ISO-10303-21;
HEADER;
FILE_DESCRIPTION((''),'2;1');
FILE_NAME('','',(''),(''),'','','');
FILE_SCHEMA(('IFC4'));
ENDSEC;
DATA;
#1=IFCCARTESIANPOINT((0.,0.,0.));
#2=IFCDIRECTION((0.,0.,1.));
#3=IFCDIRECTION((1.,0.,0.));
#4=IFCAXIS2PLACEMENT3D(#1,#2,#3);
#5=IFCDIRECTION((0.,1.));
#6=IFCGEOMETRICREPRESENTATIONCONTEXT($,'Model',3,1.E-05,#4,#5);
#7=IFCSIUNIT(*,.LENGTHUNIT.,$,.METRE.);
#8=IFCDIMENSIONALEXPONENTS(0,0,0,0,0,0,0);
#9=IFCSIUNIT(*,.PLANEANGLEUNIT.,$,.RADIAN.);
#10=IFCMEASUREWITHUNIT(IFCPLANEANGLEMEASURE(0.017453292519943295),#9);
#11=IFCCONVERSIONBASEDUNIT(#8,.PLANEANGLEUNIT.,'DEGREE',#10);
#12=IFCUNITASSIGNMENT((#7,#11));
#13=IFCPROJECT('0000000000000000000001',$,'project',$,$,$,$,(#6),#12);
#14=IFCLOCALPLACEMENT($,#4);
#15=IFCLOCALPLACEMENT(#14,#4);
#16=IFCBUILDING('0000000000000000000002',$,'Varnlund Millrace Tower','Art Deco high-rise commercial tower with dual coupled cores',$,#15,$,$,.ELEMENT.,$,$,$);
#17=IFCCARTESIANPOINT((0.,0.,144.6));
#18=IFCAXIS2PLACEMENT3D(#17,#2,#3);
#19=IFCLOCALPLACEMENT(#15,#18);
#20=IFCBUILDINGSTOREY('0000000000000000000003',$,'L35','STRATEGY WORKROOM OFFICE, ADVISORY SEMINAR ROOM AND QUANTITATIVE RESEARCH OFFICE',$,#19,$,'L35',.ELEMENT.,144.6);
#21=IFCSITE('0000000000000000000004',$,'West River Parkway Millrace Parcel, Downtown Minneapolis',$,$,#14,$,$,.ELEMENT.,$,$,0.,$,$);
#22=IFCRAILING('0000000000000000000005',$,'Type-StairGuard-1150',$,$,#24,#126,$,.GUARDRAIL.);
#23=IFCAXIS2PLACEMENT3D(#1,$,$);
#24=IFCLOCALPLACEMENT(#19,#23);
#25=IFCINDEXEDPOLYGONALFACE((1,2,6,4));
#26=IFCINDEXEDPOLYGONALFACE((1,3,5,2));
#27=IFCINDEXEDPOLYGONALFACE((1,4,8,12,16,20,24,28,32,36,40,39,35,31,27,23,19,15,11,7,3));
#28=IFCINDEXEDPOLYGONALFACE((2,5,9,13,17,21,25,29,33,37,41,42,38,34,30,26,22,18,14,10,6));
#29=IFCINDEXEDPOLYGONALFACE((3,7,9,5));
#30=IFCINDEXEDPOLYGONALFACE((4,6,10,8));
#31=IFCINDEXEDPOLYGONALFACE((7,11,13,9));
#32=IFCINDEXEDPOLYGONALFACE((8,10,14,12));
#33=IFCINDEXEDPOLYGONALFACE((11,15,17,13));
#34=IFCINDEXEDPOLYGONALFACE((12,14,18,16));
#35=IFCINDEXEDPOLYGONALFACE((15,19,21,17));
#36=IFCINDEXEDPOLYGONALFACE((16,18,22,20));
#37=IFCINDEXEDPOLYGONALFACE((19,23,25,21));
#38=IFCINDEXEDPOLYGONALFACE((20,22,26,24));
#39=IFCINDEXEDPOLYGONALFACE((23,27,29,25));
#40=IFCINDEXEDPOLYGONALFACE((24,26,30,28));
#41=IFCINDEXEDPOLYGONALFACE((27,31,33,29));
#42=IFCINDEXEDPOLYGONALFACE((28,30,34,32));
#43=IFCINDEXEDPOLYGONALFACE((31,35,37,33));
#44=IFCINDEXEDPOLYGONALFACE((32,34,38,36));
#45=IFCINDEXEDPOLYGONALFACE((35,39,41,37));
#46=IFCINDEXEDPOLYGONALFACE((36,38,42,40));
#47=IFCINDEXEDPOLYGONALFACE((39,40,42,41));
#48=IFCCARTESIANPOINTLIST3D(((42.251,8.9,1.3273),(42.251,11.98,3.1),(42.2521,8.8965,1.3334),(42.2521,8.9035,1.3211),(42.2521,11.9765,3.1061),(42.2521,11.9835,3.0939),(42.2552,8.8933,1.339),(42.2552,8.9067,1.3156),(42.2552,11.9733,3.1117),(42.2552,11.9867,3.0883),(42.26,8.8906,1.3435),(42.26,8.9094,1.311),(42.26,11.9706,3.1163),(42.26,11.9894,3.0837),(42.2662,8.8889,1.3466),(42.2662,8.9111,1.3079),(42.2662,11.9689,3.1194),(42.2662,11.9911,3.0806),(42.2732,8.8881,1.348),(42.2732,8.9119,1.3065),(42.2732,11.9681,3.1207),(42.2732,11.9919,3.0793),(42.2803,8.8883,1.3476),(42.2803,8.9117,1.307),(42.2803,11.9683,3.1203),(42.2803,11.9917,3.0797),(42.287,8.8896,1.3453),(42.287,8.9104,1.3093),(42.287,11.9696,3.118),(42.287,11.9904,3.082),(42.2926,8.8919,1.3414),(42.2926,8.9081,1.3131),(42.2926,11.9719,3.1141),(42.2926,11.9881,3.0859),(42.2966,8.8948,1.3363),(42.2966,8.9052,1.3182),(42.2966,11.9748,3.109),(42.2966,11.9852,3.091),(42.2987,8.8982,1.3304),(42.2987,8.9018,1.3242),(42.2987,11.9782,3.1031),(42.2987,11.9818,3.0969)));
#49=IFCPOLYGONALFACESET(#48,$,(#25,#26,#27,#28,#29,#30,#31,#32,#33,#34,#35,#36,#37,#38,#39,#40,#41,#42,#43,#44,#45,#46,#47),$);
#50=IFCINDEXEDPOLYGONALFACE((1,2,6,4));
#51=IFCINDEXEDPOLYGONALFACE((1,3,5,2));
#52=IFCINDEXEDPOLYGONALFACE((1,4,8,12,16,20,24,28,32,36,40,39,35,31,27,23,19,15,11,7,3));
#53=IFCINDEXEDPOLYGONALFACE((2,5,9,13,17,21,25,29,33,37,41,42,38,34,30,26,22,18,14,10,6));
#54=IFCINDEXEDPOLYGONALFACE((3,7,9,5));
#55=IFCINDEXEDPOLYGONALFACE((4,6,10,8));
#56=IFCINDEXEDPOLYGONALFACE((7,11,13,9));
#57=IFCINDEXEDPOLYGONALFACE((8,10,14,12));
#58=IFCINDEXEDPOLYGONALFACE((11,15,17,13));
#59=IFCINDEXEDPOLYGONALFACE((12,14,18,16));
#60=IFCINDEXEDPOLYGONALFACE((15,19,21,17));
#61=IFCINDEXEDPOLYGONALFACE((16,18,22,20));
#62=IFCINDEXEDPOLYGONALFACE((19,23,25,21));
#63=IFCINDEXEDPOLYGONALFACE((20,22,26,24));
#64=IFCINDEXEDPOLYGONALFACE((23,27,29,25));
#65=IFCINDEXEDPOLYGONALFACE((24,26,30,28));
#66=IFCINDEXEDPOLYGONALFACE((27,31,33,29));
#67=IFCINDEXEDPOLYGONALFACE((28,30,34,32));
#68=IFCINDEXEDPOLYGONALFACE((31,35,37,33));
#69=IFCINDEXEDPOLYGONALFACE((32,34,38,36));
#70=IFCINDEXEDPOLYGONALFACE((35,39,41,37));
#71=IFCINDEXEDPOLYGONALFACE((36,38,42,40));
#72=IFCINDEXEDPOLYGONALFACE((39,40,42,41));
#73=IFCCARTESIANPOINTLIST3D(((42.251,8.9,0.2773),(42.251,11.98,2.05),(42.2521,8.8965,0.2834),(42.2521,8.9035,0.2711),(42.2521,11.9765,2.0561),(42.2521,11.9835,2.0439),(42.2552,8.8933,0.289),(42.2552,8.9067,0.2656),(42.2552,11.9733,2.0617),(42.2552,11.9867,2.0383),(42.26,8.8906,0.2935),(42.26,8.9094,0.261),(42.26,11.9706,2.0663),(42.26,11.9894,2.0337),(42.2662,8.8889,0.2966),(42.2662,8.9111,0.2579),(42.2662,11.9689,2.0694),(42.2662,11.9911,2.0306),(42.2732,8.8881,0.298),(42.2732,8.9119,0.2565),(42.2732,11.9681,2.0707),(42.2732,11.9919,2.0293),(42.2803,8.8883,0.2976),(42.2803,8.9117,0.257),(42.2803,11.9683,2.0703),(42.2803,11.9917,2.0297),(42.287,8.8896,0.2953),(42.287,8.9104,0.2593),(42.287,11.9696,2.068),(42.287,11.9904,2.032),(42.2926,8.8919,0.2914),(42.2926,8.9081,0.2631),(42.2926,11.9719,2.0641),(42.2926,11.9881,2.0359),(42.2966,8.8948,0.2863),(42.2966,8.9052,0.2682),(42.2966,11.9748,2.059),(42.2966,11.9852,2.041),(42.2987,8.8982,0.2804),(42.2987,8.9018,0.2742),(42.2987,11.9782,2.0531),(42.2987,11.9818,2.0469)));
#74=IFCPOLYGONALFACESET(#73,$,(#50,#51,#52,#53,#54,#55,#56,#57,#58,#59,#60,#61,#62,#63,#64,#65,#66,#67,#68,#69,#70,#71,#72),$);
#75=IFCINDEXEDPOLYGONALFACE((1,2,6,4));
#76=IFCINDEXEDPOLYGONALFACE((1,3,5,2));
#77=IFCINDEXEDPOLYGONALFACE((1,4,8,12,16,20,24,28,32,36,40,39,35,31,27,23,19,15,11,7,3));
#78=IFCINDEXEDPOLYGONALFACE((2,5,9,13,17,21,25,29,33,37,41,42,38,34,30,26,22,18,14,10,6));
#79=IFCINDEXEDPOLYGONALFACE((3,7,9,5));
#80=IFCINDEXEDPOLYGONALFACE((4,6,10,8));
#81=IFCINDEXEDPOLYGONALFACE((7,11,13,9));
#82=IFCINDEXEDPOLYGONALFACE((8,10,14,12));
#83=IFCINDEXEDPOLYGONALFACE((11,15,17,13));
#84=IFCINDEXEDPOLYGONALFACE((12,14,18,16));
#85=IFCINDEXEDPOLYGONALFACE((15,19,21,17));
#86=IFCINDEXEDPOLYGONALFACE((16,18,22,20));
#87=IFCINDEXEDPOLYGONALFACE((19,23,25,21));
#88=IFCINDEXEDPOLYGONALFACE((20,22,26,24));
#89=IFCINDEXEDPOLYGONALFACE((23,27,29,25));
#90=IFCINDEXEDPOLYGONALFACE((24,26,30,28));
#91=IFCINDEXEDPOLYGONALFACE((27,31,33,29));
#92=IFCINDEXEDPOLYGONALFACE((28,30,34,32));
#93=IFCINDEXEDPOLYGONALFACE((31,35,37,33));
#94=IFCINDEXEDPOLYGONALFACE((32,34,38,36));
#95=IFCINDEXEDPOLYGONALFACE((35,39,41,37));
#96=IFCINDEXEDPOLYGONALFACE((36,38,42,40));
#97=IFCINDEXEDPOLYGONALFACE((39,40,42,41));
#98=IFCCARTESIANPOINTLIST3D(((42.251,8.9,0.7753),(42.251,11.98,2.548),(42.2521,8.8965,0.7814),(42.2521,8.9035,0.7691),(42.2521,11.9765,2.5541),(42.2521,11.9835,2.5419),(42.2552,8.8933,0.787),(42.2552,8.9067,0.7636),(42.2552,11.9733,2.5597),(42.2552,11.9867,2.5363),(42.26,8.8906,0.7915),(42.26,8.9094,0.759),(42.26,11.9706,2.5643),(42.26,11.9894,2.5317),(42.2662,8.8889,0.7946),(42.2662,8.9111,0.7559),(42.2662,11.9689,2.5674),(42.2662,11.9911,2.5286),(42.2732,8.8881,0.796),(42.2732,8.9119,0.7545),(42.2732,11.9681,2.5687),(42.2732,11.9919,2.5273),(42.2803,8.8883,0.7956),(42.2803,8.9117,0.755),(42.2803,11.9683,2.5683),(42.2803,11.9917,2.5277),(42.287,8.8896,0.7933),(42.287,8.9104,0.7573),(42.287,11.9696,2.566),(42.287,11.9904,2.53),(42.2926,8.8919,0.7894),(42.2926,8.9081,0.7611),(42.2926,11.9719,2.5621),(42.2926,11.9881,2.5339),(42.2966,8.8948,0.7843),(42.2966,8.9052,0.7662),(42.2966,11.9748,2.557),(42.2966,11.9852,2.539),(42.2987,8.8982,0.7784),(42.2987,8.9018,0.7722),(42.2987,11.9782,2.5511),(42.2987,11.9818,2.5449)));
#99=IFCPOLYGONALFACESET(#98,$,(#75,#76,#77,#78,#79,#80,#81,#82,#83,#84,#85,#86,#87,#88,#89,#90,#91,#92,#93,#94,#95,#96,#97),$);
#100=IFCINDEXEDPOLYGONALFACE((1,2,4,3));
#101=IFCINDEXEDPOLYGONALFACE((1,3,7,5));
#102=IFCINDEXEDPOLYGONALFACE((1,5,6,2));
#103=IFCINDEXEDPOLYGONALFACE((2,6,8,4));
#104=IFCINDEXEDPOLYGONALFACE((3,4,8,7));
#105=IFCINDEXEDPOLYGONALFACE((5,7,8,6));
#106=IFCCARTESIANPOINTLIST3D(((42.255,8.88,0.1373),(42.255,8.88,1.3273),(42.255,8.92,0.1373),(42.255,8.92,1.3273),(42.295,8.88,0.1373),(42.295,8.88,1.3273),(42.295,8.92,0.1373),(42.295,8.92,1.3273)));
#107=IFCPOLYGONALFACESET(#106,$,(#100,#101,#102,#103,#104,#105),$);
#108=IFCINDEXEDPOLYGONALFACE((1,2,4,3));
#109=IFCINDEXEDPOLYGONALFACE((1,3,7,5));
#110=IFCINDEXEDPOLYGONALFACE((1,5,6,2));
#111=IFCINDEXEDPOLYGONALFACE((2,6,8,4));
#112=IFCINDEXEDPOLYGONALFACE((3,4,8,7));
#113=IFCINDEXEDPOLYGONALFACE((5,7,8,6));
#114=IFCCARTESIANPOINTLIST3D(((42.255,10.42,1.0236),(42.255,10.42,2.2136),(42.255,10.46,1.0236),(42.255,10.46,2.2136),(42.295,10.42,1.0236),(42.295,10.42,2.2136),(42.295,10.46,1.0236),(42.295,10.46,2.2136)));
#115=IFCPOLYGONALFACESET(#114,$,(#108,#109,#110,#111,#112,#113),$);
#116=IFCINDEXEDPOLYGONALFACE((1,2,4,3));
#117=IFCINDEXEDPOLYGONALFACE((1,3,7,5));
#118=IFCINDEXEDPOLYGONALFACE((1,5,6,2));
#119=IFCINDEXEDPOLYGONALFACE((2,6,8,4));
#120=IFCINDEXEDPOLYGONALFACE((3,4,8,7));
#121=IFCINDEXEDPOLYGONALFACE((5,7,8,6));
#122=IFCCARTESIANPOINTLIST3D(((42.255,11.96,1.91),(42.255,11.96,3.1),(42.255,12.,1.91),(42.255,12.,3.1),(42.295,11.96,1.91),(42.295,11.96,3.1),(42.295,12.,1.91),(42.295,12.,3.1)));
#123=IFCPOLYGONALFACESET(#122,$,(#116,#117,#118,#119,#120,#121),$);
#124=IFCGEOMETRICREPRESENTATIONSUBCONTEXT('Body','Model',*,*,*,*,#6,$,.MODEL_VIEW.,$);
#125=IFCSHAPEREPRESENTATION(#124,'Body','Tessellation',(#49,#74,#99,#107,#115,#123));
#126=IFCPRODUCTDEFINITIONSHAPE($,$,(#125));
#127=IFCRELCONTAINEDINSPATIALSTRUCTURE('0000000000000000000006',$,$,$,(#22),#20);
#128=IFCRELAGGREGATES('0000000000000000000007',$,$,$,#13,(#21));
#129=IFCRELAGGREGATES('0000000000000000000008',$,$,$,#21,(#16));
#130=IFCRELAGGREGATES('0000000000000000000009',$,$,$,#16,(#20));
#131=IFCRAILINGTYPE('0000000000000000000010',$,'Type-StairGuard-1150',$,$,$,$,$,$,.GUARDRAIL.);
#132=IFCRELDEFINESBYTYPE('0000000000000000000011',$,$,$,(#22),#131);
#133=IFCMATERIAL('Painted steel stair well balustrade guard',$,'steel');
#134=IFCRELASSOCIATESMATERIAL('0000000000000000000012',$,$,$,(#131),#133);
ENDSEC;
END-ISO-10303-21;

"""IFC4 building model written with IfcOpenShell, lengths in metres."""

from ifc_helpers import new_model, entity, si_unit, converted_unit, direction, frame, origin_with_axes, origin_2d_with_axis, place, context, subcontext, project, spatial, rectangle, circle, extrude, material, type_object, element, save


model = new_model("IFC4")

# Units and contexts
model_context = context("Model", 3, precision=1e-05, world=origin_with_axes(), true_north=direction((0.0, 1.0)))
body_context = subcontext(model_context, "Body", "Model", "MODEL_VIEW")
ifc_project = project(units=[si_unit("LENGTHUNIT", "METRE"), converted_unit("PLANEANGLEUNIT", "DEGREE", entity("IfcPlaneAngleMeasure", 0.017453292519943295), si_unit("PLANEANGLEUNIT", "RADIAN"), dimensions=[0, 0, 0, 0, 0, 0, 0])], contexts=[model_context])

# Site, building, storey
site_placement = place(None, origin_with_axes())
site = spatial("IfcSite", under=ifc_project, at=site_placement, Name="West River Parkway Millrace Parcel, Downtown Minneapolis", CompositionType="ELEMENT", RefElevation=0.0)
building_placement = place(site_placement, origin_with_axes())
building = spatial("IfcBuilding", under=site, at=building_placement, Name="Varnlund Millrace Tower", Description="Art Deco high-rise commercial tower with dual coupled cores", CompositionType="ELEMENT")
storey_placement = place(building_placement, frame((0.0, 0.0, 144.6), z_axis=(0.0, 0.0, 1.0), x_axis=(1.0, 0.0, 0.0)))
storey = spatial("IfcBuildingStorey", under=building, at=storey_placement, Name="L35", Description="STRATEGY WORKROOM OFFICE, ADVISORY SEMINAR ROOM AND QUANTITATIVE RESEARCH OFFICE", LongName="L35", CompositionType="ELEMENT", Elevation=144.6)

# Railing
ifc_material_1 = material(Name="Painted steel stair well balustrade guard", Category="steel")
railing_type_1 = type_object("IfcRailingType", Name="Type-StairGuard-1150", PredefinedType="GUARDRAIL", material=ifc_material_1)
railing_1_placement = place(storey_placement, frame((0.0, 0.0, -144.6), z_axis=(0.0, 0.0, 1.0), x_axis=(1.0, 0.0, 0.0)))
element("IfcRailing", 1, at=railing_1_placement, inside=storey, type_object=railing_type_1, Name="Type-StairGuard-1150", PredefinedType="GUARDRAIL", context=body_context, shape_type="SweptSolid", body=[
    extrude(circle(Radius=0.024, at=origin_2d_with_axis()), frame((42.275, 8.9, 145.9273), z_axis=(0.0, 0.866696, 0.498836), x_axis=(-1.0, 0.0, 0.0)), (0.0, 0.0, 1.0), 3.5537),
    extrude(circle(Radius=0.024, at=origin_2d_with_axis()), frame((42.275, 8.9, 144.8773), z_axis=(0.0, 0.866696, 0.498836), x_axis=(-1.0, 0.0, 0.0)), (0.0, 0.0, 1.0), 3.5537),
    extrude(circle(Radius=0.024, at=origin_2d_with_axis()), frame((42.275, 8.9, 145.3753), z_axis=(0.0, 0.866696, 0.498836), x_axis=(-1.0, 0.0, 0.0)), (0.0, 0.0, 1.0), 3.5537),
    extrude(rectangle(XDim=0.04, YDim=0.04, at=origin_2d_with_axis()), frame((42.275, 8.9, 144.7373), z_axis=(0.0, 0.0, 1.0), x_axis=(1.0, 0.0, 0.0)), (0.0, 0.0, 1.0), 1.19),
    extrude(rectangle(XDim=0.04, YDim=0.04, at=origin_2d_with_axis()), frame((42.275, 10.44, 145.6236), z_axis=(0.0, 0.0, 1.0), x_axis=(1.0, 0.0, 0.0)), (0.0, 0.0, 1.0), 1.19),
    extrude(rectangle(XDim=0.04, YDim=0.04, at=origin_2d_with_axis()), frame((42.275, 11.98, 146.51), z_axis=(0.0, 0.0, 1.0), x_axis=(1.0, 0.0, 0.0)), (0.0, 0.0, 1.0), 1.19),
])

save(model, "model.ifc")
